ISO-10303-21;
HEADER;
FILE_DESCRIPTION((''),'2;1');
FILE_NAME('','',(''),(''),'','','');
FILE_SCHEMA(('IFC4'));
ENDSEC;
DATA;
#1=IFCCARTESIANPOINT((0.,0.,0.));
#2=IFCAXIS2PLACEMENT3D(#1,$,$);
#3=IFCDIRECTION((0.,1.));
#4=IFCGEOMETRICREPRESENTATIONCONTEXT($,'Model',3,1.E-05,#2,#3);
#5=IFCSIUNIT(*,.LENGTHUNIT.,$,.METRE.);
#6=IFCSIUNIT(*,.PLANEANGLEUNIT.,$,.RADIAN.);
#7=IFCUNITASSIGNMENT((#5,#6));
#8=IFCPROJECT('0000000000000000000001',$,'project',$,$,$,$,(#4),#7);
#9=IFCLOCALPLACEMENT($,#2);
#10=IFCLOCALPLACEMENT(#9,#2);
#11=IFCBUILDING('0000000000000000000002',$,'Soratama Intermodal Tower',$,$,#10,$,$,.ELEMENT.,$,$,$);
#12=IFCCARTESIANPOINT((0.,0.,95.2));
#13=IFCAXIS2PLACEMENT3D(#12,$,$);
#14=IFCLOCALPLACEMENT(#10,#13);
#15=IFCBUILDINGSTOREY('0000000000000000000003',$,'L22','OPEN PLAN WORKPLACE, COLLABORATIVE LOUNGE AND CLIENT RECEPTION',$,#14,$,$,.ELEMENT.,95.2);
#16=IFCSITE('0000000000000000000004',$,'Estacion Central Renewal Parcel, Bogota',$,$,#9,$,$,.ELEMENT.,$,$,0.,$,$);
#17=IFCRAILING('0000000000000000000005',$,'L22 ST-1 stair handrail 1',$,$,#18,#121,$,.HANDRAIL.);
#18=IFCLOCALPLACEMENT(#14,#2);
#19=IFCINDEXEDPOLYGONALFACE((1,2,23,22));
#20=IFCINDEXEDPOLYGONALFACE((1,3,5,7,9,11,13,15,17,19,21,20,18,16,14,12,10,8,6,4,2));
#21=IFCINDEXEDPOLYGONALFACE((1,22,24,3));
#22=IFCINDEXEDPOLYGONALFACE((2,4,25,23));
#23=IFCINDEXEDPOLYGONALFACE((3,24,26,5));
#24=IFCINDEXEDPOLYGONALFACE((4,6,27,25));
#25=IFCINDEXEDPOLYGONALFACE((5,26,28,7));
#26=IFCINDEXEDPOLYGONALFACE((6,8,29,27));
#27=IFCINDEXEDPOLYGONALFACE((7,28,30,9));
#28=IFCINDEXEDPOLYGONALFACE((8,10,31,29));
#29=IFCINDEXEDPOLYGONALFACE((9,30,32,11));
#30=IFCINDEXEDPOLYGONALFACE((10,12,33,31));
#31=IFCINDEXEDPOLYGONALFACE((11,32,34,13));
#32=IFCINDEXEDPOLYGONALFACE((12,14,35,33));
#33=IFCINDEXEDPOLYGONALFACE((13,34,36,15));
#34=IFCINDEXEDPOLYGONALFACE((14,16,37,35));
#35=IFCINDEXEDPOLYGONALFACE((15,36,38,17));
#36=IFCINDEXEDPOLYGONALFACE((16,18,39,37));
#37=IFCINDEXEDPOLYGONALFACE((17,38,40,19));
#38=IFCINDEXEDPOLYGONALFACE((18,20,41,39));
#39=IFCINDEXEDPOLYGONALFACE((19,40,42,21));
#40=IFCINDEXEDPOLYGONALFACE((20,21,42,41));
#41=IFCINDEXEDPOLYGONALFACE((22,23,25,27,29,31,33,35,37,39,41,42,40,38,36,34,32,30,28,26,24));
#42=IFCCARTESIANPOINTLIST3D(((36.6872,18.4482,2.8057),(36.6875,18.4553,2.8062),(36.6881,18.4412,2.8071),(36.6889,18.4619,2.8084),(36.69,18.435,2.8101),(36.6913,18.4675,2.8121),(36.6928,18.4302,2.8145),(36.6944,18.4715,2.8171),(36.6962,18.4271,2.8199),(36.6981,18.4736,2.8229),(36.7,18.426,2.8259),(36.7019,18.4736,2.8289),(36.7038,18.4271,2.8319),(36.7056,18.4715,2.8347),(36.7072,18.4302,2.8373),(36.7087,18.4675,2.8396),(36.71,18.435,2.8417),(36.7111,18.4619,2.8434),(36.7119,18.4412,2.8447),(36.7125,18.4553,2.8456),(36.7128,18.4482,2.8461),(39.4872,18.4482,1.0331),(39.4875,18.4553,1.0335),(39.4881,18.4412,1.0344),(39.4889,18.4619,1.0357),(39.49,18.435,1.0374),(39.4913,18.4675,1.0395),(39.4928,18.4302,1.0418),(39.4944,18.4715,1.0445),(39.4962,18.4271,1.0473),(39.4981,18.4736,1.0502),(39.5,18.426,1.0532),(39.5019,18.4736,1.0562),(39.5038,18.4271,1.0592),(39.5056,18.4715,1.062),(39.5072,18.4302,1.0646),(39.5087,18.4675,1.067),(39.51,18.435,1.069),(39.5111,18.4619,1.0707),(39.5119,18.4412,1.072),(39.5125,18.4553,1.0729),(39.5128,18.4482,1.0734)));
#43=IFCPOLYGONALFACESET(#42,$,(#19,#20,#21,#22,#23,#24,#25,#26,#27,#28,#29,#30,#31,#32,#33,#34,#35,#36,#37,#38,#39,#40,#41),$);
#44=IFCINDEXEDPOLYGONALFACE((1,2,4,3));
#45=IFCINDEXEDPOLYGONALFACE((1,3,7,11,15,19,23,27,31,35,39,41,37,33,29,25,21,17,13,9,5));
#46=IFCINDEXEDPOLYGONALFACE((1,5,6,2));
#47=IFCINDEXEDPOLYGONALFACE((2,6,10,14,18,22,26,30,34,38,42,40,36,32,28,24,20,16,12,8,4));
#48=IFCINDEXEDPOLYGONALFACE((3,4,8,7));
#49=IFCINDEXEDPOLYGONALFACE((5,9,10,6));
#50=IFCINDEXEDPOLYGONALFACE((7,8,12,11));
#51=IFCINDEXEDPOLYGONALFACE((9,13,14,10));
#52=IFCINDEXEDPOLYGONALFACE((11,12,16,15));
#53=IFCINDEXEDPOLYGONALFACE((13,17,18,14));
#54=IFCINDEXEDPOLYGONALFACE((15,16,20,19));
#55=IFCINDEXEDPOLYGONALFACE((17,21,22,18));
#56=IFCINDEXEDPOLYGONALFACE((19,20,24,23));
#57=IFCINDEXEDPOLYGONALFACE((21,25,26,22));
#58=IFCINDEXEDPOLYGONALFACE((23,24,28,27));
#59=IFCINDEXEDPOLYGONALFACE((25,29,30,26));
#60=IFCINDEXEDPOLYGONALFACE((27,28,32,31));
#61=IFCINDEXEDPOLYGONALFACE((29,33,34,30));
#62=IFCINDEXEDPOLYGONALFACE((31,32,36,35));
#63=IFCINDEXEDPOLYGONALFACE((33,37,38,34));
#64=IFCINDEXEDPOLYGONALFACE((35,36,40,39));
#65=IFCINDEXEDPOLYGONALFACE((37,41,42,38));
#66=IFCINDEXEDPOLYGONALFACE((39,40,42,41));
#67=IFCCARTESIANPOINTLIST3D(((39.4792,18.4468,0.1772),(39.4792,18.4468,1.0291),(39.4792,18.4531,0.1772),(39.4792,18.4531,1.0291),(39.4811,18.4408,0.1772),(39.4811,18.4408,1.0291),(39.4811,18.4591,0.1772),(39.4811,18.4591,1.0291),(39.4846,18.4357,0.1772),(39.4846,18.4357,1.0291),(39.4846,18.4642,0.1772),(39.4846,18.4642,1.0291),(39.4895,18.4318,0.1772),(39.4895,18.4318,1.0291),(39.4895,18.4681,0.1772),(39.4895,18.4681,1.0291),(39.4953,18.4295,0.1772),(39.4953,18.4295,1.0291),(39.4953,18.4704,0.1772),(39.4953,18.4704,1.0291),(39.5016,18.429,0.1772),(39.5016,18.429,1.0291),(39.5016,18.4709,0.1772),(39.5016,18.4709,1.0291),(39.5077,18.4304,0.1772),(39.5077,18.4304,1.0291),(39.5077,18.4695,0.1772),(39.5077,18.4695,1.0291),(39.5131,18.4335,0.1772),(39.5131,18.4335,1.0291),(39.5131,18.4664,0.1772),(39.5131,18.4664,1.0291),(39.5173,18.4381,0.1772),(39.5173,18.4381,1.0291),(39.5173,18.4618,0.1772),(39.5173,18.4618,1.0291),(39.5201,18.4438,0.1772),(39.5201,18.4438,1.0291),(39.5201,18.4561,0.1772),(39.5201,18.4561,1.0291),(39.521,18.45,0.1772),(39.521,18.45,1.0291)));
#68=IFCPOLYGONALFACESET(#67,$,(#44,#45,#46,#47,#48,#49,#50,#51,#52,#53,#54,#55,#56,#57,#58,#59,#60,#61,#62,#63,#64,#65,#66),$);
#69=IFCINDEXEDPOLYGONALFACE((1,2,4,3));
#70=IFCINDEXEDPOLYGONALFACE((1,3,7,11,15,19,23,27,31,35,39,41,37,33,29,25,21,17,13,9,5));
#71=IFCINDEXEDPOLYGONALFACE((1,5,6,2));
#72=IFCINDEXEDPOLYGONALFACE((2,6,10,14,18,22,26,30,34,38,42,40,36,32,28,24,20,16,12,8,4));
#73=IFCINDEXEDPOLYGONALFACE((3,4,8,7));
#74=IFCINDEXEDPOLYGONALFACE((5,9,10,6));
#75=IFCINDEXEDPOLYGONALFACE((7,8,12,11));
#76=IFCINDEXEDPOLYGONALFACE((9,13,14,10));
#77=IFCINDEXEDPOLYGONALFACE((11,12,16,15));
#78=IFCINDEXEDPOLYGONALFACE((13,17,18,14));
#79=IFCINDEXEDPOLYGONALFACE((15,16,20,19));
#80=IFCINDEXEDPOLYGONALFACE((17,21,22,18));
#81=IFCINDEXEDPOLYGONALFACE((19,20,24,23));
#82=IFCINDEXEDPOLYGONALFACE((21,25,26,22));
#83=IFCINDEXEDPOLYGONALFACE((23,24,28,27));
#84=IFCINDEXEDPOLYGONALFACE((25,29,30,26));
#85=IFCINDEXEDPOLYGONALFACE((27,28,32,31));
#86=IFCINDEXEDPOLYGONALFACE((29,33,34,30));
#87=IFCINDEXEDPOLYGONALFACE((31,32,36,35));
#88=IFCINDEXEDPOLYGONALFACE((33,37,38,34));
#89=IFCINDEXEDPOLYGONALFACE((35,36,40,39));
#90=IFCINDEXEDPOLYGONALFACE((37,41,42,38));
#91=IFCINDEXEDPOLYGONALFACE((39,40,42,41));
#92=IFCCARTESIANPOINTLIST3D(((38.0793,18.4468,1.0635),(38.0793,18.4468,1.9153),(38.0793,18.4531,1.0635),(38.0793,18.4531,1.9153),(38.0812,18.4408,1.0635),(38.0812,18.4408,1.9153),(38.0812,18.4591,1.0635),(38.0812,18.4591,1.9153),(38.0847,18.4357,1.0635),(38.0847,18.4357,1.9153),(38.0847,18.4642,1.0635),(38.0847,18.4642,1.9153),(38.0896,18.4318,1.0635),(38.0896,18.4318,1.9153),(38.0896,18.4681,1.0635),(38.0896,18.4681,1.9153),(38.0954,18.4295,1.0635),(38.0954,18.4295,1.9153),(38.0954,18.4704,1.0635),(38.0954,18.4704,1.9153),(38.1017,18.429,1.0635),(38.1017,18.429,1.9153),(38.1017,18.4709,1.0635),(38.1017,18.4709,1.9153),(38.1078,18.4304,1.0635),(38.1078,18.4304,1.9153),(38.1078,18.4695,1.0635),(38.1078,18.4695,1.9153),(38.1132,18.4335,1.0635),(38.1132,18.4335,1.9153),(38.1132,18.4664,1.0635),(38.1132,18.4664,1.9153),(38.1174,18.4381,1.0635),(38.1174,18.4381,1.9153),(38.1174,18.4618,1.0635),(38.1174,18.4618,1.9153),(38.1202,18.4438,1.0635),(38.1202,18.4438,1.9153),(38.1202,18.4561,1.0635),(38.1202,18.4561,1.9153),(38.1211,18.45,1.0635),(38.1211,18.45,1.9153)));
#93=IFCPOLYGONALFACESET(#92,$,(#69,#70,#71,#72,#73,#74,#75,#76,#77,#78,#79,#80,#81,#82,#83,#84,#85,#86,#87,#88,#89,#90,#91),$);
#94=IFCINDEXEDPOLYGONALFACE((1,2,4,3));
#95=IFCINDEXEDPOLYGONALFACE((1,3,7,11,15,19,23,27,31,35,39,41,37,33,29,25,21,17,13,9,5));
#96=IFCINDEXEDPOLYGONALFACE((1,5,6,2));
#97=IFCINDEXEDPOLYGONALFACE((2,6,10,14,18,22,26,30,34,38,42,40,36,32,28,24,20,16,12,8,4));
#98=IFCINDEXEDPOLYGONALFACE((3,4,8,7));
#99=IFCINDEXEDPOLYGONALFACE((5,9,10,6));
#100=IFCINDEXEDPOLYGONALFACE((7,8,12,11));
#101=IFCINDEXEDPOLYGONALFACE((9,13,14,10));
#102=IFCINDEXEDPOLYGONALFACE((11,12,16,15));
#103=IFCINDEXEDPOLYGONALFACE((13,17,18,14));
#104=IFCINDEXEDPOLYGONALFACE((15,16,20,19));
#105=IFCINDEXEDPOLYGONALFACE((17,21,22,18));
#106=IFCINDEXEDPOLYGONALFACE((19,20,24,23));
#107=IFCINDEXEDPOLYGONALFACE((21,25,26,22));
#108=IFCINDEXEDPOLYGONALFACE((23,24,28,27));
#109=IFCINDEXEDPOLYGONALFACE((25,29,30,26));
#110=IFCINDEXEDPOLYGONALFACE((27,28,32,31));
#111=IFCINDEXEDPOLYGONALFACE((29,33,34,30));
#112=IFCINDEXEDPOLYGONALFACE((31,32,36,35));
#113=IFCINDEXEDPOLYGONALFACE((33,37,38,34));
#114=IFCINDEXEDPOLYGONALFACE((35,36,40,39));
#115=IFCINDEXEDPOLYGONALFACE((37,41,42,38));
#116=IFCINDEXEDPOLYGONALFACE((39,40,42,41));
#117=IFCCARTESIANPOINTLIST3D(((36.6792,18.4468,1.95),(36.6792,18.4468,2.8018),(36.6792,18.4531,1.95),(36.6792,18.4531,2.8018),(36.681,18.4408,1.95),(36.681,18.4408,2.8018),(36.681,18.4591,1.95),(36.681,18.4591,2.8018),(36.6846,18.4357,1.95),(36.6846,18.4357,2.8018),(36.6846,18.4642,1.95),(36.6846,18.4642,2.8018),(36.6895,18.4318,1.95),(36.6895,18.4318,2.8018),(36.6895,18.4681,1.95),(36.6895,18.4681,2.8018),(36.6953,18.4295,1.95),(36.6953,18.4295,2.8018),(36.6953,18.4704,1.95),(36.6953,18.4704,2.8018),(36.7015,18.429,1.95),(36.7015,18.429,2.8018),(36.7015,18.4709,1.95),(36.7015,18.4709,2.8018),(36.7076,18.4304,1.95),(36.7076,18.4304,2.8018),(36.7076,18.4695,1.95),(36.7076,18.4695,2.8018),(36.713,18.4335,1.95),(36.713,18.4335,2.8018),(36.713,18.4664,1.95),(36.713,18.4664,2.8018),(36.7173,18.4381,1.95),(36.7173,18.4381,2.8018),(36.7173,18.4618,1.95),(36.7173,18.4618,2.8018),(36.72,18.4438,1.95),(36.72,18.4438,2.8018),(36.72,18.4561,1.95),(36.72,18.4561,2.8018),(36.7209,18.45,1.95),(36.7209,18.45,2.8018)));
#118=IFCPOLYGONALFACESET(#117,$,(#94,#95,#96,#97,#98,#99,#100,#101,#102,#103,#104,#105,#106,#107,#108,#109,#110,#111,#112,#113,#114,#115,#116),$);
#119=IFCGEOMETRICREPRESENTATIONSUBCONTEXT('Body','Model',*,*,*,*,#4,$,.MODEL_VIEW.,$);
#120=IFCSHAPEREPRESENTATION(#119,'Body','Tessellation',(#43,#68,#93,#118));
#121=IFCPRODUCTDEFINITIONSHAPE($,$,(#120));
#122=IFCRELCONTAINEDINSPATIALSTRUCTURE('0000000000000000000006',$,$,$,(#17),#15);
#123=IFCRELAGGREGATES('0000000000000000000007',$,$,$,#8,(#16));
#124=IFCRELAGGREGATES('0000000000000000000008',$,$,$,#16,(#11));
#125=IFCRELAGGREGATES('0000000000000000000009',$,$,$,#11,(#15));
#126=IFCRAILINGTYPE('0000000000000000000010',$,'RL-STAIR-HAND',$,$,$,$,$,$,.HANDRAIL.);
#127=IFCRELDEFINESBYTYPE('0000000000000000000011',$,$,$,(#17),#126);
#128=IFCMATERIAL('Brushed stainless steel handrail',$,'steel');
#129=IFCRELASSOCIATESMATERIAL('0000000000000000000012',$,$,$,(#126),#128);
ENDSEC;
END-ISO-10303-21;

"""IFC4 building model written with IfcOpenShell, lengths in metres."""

from ifc_helpers import new_model, si_unit, direction, frame, origin, origin_2d, place, context, subcontext, project, spatial, circle, extrude, material, type_object, element, save


model = new_model("IFC4")

# Units and contexts
model_context = context("Model", 3, precision=1e-05, world=origin(), true_north=direction((0.0, 1.0)))
body_context = subcontext(model_context, "Body", "Model", "MODEL_VIEW")
ifc_project = project(units=[si_unit("LENGTHUNIT", "METRE"), si_unit("PLANEANGLEUNIT", "RADIAN")], contexts=[model_context])

# Site, building, storey
site_placement = place(None, origin())
site = spatial("IfcSite", under=ifc_project, at=site_placement, Name="Estacion Central Renewal Parcel, Bogota", CompositionType="ELEMENT", RefElevation=0.0)
building_placement = place(site_placement, origin())
building = spatial("IfcBuilding", under=site, at=building_placement, Name="Soratama Intermodal Tower", CompositionType="ELEMENT")
storey_placement = place(building_placement, frame((0.0, 0.0, 95.2)))
storey = spatial("IfcBuildingStorey", under=building, at=storey_placement, Name="L22", Description="OPEN PLAN WORKPLACE, COLLABORATIVE LOUNGE AND CLIENT RECEPTION", CompositionType="ELEMENT", Elevation=95.2)

# Railing
ifc_material_1 = material(Name="Brushed stainless steel handrail", Category="steel")
railing_type_1 = type_object("IfcRailingType", Name="RL-STAIR-HAND", PredefinedType="HANDRAIL", material=ifc_material_1)
railing_1_placement = place(storey_placement, frame((39.5, 18.45, 0.1772)))
element("IfcRailing", 1, at=railing_1_placement, inside=storey, type_object=railing_type_1, Name="L22 ST-1 stair handrail 1", PredefinedType="HANDRAIL", context=body_context, shape_type="SweptSolid", body=[
    extrude(circle(Radius=0.0239, at=origin_2d()), frame((0.0, 0.0, 0.876), z_axis=(-0.844909, 0.0, 0.53491), x_axis=(0.0, -1.0, 0.0)), (0.0, 0.0, 1.0), 3.314),
    extrude(circle(Radius=0.021, at=origin_2d()), origin(), (0.0, 0.0, 1.0), 0.8518),
    extrude(circle(Radius=0.021, at=origin_2d()), frame((-1.3999, 0.0, 0.8862)), (0.0, 0.0, 1.0), 0.8518),
    extrude(circle(Radius=0.021, at=origin_2d()), frame((-2.8, 0.0, 1.7727)), (0.0, 0.0, 1.0), 0.8518),
])

save(model, "model.ifc")
